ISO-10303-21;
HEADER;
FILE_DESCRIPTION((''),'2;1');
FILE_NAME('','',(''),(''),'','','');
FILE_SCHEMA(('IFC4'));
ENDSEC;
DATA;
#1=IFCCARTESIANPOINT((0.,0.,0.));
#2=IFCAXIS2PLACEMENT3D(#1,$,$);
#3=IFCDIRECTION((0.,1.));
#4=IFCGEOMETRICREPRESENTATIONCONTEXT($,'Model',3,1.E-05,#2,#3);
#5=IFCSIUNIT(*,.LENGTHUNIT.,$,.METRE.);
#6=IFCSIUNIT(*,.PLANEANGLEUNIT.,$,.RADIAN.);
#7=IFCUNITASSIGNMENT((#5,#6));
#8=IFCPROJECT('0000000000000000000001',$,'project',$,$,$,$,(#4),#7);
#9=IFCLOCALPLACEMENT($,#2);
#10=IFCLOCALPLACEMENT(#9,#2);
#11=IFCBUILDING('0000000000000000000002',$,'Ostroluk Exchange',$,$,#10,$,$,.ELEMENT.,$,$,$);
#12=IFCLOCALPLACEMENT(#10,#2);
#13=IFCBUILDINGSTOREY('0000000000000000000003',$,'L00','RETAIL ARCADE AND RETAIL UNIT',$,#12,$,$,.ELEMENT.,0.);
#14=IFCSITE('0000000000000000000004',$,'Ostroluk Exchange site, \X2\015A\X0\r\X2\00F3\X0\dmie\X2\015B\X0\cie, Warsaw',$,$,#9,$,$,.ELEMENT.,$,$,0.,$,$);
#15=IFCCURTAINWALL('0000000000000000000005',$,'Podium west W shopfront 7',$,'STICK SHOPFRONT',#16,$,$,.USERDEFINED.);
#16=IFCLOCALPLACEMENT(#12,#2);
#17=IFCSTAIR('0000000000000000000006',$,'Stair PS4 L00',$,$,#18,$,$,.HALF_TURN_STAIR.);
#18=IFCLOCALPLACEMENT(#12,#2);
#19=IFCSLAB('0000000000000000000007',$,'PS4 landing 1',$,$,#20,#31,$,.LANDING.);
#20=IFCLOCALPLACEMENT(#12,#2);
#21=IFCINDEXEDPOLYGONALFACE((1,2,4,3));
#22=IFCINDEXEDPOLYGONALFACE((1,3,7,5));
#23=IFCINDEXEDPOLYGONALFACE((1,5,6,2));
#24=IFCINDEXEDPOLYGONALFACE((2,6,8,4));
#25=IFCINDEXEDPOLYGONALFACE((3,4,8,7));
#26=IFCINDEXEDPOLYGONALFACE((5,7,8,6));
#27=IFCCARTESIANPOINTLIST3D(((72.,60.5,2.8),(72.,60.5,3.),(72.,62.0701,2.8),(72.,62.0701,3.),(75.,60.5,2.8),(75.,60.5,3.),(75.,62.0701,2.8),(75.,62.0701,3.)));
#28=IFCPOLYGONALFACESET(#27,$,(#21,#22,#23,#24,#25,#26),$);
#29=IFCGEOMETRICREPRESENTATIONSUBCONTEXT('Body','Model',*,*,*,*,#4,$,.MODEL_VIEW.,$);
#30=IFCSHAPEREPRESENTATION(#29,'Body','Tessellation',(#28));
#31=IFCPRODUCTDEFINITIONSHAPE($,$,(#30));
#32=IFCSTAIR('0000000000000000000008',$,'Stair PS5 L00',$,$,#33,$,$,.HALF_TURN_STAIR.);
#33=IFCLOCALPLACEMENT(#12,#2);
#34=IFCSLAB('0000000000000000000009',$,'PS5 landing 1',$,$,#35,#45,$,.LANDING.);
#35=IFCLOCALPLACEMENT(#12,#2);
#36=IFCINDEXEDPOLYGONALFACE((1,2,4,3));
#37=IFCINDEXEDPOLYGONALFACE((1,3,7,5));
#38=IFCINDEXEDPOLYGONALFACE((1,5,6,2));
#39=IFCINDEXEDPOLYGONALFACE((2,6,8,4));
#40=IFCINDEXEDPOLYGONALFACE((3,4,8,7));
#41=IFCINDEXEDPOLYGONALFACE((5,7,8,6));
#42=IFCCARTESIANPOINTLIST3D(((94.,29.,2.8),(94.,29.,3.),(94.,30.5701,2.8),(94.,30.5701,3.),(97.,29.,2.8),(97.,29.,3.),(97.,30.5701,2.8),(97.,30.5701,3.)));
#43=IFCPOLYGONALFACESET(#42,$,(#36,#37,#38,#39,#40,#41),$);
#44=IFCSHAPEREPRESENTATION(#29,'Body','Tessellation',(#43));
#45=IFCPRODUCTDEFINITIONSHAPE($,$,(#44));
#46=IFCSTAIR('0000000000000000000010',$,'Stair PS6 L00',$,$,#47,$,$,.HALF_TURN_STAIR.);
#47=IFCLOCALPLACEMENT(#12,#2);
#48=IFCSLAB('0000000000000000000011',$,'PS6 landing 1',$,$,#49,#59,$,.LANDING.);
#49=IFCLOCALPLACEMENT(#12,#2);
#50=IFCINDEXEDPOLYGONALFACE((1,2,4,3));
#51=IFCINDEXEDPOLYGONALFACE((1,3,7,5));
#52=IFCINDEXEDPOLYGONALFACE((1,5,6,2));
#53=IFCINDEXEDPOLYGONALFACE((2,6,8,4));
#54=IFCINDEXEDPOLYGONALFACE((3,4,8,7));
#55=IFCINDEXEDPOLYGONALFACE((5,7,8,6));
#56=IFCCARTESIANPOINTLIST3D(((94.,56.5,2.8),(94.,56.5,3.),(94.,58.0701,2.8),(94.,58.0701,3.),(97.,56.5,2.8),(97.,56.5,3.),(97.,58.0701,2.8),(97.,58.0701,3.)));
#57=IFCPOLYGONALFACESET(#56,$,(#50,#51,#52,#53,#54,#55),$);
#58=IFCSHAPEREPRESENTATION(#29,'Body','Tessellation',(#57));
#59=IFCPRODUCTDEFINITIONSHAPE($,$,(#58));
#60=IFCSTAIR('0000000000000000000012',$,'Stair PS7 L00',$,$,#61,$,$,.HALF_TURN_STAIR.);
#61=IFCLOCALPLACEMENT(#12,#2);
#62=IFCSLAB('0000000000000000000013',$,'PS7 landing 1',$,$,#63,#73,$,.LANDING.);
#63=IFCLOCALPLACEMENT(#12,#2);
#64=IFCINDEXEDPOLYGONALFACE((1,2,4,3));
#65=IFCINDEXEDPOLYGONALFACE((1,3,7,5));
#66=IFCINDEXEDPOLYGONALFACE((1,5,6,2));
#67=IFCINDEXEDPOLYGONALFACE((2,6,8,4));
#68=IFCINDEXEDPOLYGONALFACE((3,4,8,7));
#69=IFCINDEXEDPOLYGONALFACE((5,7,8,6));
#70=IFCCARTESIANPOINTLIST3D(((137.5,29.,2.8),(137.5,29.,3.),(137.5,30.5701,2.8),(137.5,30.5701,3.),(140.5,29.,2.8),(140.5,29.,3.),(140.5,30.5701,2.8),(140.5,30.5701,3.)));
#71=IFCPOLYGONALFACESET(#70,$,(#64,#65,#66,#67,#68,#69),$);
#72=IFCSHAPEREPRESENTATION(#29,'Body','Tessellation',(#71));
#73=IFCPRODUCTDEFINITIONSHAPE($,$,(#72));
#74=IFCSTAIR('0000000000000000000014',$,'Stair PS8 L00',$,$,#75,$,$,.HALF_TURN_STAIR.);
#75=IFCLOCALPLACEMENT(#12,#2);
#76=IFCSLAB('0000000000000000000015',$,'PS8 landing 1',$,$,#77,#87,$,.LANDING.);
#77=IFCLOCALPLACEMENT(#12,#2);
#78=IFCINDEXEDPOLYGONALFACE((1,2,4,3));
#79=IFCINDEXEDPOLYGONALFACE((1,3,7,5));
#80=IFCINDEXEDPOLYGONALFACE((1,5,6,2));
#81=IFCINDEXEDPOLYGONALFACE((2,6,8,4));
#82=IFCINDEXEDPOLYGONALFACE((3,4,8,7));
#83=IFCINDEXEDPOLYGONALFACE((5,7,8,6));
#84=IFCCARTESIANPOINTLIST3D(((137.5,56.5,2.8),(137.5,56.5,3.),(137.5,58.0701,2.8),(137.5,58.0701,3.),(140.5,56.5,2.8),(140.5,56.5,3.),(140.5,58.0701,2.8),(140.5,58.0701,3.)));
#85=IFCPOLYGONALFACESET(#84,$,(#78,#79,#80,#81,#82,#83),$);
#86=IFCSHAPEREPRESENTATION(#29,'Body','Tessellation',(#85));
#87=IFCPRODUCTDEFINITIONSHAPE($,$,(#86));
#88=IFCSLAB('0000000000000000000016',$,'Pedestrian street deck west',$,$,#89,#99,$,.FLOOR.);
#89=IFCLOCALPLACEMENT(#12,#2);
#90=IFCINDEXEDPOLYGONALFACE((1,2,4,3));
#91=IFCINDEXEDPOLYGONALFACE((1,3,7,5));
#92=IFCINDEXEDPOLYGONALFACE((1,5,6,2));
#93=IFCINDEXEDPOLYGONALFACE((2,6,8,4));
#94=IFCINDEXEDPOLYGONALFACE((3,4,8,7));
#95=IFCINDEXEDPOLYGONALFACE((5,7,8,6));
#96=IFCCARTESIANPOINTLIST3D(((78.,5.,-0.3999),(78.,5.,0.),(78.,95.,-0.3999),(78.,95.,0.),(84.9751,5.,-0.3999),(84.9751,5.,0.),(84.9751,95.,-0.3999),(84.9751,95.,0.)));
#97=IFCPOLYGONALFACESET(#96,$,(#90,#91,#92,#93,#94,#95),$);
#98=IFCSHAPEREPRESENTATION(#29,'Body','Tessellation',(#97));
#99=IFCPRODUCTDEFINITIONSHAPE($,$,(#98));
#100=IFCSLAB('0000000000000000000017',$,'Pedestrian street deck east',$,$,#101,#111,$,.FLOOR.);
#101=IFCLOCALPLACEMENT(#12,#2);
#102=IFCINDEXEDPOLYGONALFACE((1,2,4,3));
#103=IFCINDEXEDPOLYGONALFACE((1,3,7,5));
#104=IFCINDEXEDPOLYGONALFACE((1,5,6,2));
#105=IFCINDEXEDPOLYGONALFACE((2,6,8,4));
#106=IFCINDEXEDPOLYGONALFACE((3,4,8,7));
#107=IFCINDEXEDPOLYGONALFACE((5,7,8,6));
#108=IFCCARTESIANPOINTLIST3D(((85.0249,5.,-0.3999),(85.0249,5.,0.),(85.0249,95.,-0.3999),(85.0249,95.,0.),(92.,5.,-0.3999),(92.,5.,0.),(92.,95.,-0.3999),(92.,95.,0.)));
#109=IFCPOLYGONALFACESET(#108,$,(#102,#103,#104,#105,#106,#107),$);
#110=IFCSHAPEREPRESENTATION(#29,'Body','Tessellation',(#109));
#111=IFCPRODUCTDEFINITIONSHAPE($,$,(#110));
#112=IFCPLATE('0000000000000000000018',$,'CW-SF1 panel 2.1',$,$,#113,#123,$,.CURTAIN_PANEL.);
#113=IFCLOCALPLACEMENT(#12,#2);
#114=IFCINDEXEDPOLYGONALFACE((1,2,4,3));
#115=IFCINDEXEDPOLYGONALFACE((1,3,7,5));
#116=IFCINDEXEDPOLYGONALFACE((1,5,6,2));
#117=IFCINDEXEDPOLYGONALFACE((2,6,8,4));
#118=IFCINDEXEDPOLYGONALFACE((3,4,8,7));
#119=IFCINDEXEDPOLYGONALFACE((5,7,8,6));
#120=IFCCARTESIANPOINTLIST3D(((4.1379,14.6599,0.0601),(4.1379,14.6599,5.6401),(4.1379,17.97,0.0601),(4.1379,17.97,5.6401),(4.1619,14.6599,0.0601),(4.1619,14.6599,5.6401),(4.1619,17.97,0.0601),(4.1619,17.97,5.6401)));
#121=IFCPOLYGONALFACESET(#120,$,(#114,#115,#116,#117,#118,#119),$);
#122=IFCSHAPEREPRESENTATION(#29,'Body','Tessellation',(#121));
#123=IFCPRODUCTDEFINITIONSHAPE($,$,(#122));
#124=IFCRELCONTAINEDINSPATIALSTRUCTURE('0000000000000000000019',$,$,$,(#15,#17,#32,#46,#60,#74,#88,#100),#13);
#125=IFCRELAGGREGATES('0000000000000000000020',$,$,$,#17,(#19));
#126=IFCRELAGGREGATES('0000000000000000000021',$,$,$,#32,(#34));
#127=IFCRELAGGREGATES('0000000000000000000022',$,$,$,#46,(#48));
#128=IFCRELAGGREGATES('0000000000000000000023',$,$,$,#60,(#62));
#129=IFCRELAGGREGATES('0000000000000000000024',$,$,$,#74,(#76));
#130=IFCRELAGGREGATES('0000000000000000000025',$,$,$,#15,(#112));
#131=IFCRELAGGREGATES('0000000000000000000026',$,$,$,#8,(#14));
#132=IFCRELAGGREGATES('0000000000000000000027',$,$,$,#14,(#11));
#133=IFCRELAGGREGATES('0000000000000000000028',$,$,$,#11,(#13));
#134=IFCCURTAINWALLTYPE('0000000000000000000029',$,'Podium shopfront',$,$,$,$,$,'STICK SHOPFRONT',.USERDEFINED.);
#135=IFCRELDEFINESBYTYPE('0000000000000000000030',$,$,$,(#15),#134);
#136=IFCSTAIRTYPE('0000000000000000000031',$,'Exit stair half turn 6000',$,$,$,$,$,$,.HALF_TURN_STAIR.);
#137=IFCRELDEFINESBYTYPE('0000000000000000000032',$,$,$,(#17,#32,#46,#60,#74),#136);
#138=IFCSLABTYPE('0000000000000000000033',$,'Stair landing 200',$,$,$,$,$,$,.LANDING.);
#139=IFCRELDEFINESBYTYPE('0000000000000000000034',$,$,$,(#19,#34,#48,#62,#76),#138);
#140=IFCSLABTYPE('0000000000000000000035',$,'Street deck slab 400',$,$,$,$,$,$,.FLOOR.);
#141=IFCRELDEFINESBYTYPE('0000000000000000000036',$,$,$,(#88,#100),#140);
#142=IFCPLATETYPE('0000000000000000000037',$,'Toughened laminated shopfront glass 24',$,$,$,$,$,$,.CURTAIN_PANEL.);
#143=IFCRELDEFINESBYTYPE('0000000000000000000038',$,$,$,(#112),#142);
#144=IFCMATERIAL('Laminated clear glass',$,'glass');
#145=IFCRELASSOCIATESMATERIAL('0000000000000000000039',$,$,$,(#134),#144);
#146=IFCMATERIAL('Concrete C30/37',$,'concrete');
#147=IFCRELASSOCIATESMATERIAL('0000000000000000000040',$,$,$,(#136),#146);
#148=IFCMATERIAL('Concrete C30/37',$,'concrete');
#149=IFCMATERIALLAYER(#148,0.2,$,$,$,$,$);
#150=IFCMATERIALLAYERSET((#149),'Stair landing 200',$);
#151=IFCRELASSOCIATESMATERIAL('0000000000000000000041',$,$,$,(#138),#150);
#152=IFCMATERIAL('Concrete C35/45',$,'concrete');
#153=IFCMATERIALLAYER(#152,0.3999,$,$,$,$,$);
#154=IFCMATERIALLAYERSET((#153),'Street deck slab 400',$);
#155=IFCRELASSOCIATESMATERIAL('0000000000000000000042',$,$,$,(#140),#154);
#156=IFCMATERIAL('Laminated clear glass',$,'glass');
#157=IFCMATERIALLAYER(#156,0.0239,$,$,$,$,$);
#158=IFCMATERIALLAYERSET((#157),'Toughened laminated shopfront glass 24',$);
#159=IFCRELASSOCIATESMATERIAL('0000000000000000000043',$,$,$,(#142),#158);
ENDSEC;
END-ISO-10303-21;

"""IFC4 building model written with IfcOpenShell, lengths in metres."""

from ifc_helpers import new_model, si_unit, direction, frame, origin, origin_2d, place, context, subcontext, project, spatial, polyline, rectangle, outline, extrude, material, layer, layer_set, type_object, element, aggregate, save


model = new_model("IFC4")

# Units and contexts
model_context = context("Model", 3, precision=1e-05, world=origin(), true_north=direction((0.0, 1.0)))
body_context = subcontext(model_context, "Body", "Model", "MODEL_VIEW")
ifc_project = project(units=[si_unit("LENGTHUNIT", "METRE"), si_unit("PLANEANGLEUNIT", "RADIAN")], contexts=[model_context])

# Site, building, storey
site_placement = place(None, origin())
site = spatial("IfcSite", under=ifc_project, at=site_placement, Name="Ostroluk Exchange site, Śródmieście, Warsaw", CompositionType="ELEMENT", RefElevation=0.0)
building_placement = place(site_placement, origin())
building = spatial("IfcBuilding", under=site, at=building_placement, Name="Ostroluk Exchange", CompositionType="ELEMENT")
storey_placement = place(building_placement, origin())
storey = spatial("IfcBuildingStorey", under=building, at=storey_placement, Name="L00", Description="RETAIL ARCADE AND RETAIL UNIT", CompositionType="ELEMENT", Elevation=0.0)

# Curtain wall
ifc_material_1 = material(Name="Laminated clear glass", Category="glass")
curtain_wall_type = type_object("IfcCurtainWallType", Name="Podium shopfront", ElementType="STICK SHOPFRONT", PredefinedType="USERDEFINED", material=ifc_material_1)
curtain_wall_1_placement = place(storey_placement, origin())
curtain_wall_1 = element("IfcCurtainWall", 1, at=curtain_wall_1_placement, inside=storey, type_object=curtain_wall_type, Name="Podium west W shopfront 7", ObjectType="STICK SHOPFRONT", PredefinedType="USERDEFINED")

# Stairs, slabs
ifc_material_2 = material(Name="Concrete C30/37", Category="concrete")
stair_type = type_object("IfcStairType", Name="Exit stair half turn 6000", PredefinedType="HALF_TURN_STAIR", material=ifc_material_2)
ifc_material_3 = material(Name="Concrete C30/37", Category="concrete")
ifc_layer_1 = layer(ifc_material_3, 0.2)
ifc_layer_set_1 = layer_set([ifc_layer_1], Name="Stair landing 200")
slab_type_1 = type_object("IfcSlabType", Name="Stair landing 200", PredefinedType="LANDING", material=ifc_layer_set_1)
stair_1_placement = place(storey_placement, origin())
stair_1 = element("IfcStair", 2, at=stair_1_placement, inside=storey, type_object=stair_type, Name="Stair PS4 L00", PredefinedType="HALF_TURN_STAIR")
slab_1_placement = place(storey_placement, frame((0.0, 0.0, 2.8)))
slab_1 = element("IfcSlab", 3, at=slab_1_placement, type_object=slab_type_1, Name="PS4 landing 1", PredefinedType="LANDING", context=body_context, shape_type="SweptSolid", body=[
    extrude(outline(polyline([(72.0, 62.0701), (75.0, 62.0701), (75.0, 60.5), (72.0, 60.5), (72.0, 62.0701)])), origin(), (0.0, 0.0, 1.0), 0.2),
])
aggregate(stair_1, [slab_1])
stair_2_placement = place(storey_placement, origin())
stair_2 = element("IfcStair", 4, at=stair_2_placement, inside=storey, type_object=stair_type, Name="Stair PS5 L00", PredefinedType="HALF_TURN_STAIR")
slab_2_placement = place(storey_placement, frame((0.0, 0.0, 2.8)))
slab_2 = element("IfcSlab", 5, at=slab_2_placement, type_object=slab_type_1, Name="PS5 landing 1", PredefinedType="LANDING", context=body_context, shape_type="SweptSolid", body=[
    extrude(outline(polyline([(94.0, 30.5701), (97.0, 30.5701), (97.0, 29.0), (94.0, 29.0), (94.0, 30.5701)])), origin(), (0.0, 0.0, 1.0), 0.2),
])
aggregate(stair_2, [slab_2])
stair_3_placement = place(storey_placement, origin())
stair_3 = element("IfcStair", 6, at=stair_3_placement, inside=storey, type_object=stair_type, Name="Stair PS6 L00", PredefinedType="HALF_TURN_STAIR")
slab_3_placement = place(storey_placement, frame((0.0, 0.0, 2.8)))
slab_3 = element("IfcSlab", 7, at=slab_3_placement, type_object=slab_type_1, Name="PS6 landing 1", PredefinedType="LANDING", context=body_context, shape_type="SweptSolid", body=[
    extrude(outline(polyline([(94.0, 58.0701), (97.0, 58.0701), (97.0, 56.5), (94.0, 56.5), (94.0, 58.0701)])), origin(), (0.0, 0.0, 1.0), 0.2),
])
aggregate(stair_3, [slab_3])
stair_4_placement = place(storey_placement, origin())
stair_4 = element("IfcStair", 8, at=stair_4_placement, inside=storey, type_object=stair_type, Name="Stair PS7 L00", PredefinedType="HALF_TURN_STAIR")
slab_4_placement = place(storey_placement, frame((0.0, 0.0, 2.8)))
slab_4 = element("IfcSlab", 9, at=slab_4_placement, type_object=slab_type_1, Name="PS7 landing 1", PredefinedType="LANDING", context=body_context, shape_type="SweptSolid", body=[
    extrude(outline(polyline([(137.5, 30.5701), (140.5, 30.5701), (140.5, 29.0), (137.5, 29.0), (137.5, 30.5701)])), origin(), (0.0, 0.0, 1.0), 0.2),
])
aggregate(stair_4, [slab_4])
stair_5_placement = place(storey_placement, origin())
stair_5 = element("IfcStair", 10, at=stair_5_placement, inside=storey, type_object=stair_type, Name="Stair PS8 L00", PredefinedType="HALF_TURN_STAIR")
slab_5_placement = place(storey_placement, frame((0.0, 0.0, 2.8)))
slab_5 = element("IfcSlab", 11, at=slab_5_placement, type_object=slab_type_1, Name="PS8 landing 1", PredefinedType="LANDING", context=body_context, shape_type="SweptSolid", body=[
    extrude(outline(polyline([(137.5, 58.0701), (140.5, 58.0701), (140.5, 56.5), (137.5, 56.5), (137.5, 58.0701)])), origin(), (0.0, 0.0, 1.0), 0.2),
])
aggregate(stair_5, [slab_5])

# Slabs
ifc_material_4 = material(Name="Concrete C35/45", Category="concrete")
ifc_layer_2 = layer(ifc_material_4, 0.3999)
ifc_layer_set_2 = layer_set([ifc_layer_2], Name="Street deck slab 400")
slab_type_2 = type_object("IfcSlabType", Name="Street deck slab 400", PredefinedType="FLOOR", material=ifc_layer_set_2)
slab_6_placement = place(storey_placement, frame((0.0, 0.0, -0.3999)))
element("IfcSlab", 12, at=slab_6_placement, inside=storey, type_object=slab_type_2, Name="Pedestrian street deck west", PredefinedType="FLOOR", context=body_context, shape_type="SweptSolid", body=[
    extrude(outline(polyline([(78.0, 5.0), (84.9751, 5.0), (84.9751, 95.0), (78.0, 95.0), (78.0, 5.0)])), origin(), (0.0, 0.0, 1.0), 0.3999),
])
slab_7_placement = place(storey_placement, frame((0.0, 0.0, -0.3999)))
element("IfcSlab", 13, at=slab_7_placement, inside=storey, type_object=slab_type_2, Name="Pedestrian street deck east", PredefinedType="FLOOR", context=body_context, shape_type="SweptSolid", body=[
    extrude(outline(polyline([(85.0249, 5.0), (92.0, 5.0), (92.0, 95.0), (85.0249, 95.0), (85.0249, 5.0)])), origin(), (0.0, 0.0, 1.0), 0.3999),
])

# Plate
ifc_material_5 = material(Name="Laminated clear glass", Category="glass")
ifc_layer_3 = layer(ifc_material_5, 0.0239)
ifc_layer_set_3 = layer_set([ifc_layer_3], Name="Toughened laminated shopfront glass 24")
plate_type = type_object("IfcPlateType", Name="Toughened laminated shopfront glass 24", PredefinedType="CURTAIN_PANEL", material=ifc_layer_set_3)
plate_placement = place(storey_placement, frame((4.1499, 16.3149, 0.0601), z_axis=(0.0, 0.0, 1.0), x_axis=(0.0, -1.0, 0.0)))
plate = element("IfcPlate", 14, at=plate_placement, type_object=plate_type, Name="CW-SF1 panel 2.1", PredefinedType="CURTAIN_PANEL", context=body_context, shape_type="SweptSolid", body=[
    extrude(rectangle(XDim=3.3101, YDim=0.0239, at=origin_2d()), origin(), (0.0, 0.0, 1.0), 5.5801),
])
aggregate(curtain_wall_1, [plate])

save(model, "model.ifc")
